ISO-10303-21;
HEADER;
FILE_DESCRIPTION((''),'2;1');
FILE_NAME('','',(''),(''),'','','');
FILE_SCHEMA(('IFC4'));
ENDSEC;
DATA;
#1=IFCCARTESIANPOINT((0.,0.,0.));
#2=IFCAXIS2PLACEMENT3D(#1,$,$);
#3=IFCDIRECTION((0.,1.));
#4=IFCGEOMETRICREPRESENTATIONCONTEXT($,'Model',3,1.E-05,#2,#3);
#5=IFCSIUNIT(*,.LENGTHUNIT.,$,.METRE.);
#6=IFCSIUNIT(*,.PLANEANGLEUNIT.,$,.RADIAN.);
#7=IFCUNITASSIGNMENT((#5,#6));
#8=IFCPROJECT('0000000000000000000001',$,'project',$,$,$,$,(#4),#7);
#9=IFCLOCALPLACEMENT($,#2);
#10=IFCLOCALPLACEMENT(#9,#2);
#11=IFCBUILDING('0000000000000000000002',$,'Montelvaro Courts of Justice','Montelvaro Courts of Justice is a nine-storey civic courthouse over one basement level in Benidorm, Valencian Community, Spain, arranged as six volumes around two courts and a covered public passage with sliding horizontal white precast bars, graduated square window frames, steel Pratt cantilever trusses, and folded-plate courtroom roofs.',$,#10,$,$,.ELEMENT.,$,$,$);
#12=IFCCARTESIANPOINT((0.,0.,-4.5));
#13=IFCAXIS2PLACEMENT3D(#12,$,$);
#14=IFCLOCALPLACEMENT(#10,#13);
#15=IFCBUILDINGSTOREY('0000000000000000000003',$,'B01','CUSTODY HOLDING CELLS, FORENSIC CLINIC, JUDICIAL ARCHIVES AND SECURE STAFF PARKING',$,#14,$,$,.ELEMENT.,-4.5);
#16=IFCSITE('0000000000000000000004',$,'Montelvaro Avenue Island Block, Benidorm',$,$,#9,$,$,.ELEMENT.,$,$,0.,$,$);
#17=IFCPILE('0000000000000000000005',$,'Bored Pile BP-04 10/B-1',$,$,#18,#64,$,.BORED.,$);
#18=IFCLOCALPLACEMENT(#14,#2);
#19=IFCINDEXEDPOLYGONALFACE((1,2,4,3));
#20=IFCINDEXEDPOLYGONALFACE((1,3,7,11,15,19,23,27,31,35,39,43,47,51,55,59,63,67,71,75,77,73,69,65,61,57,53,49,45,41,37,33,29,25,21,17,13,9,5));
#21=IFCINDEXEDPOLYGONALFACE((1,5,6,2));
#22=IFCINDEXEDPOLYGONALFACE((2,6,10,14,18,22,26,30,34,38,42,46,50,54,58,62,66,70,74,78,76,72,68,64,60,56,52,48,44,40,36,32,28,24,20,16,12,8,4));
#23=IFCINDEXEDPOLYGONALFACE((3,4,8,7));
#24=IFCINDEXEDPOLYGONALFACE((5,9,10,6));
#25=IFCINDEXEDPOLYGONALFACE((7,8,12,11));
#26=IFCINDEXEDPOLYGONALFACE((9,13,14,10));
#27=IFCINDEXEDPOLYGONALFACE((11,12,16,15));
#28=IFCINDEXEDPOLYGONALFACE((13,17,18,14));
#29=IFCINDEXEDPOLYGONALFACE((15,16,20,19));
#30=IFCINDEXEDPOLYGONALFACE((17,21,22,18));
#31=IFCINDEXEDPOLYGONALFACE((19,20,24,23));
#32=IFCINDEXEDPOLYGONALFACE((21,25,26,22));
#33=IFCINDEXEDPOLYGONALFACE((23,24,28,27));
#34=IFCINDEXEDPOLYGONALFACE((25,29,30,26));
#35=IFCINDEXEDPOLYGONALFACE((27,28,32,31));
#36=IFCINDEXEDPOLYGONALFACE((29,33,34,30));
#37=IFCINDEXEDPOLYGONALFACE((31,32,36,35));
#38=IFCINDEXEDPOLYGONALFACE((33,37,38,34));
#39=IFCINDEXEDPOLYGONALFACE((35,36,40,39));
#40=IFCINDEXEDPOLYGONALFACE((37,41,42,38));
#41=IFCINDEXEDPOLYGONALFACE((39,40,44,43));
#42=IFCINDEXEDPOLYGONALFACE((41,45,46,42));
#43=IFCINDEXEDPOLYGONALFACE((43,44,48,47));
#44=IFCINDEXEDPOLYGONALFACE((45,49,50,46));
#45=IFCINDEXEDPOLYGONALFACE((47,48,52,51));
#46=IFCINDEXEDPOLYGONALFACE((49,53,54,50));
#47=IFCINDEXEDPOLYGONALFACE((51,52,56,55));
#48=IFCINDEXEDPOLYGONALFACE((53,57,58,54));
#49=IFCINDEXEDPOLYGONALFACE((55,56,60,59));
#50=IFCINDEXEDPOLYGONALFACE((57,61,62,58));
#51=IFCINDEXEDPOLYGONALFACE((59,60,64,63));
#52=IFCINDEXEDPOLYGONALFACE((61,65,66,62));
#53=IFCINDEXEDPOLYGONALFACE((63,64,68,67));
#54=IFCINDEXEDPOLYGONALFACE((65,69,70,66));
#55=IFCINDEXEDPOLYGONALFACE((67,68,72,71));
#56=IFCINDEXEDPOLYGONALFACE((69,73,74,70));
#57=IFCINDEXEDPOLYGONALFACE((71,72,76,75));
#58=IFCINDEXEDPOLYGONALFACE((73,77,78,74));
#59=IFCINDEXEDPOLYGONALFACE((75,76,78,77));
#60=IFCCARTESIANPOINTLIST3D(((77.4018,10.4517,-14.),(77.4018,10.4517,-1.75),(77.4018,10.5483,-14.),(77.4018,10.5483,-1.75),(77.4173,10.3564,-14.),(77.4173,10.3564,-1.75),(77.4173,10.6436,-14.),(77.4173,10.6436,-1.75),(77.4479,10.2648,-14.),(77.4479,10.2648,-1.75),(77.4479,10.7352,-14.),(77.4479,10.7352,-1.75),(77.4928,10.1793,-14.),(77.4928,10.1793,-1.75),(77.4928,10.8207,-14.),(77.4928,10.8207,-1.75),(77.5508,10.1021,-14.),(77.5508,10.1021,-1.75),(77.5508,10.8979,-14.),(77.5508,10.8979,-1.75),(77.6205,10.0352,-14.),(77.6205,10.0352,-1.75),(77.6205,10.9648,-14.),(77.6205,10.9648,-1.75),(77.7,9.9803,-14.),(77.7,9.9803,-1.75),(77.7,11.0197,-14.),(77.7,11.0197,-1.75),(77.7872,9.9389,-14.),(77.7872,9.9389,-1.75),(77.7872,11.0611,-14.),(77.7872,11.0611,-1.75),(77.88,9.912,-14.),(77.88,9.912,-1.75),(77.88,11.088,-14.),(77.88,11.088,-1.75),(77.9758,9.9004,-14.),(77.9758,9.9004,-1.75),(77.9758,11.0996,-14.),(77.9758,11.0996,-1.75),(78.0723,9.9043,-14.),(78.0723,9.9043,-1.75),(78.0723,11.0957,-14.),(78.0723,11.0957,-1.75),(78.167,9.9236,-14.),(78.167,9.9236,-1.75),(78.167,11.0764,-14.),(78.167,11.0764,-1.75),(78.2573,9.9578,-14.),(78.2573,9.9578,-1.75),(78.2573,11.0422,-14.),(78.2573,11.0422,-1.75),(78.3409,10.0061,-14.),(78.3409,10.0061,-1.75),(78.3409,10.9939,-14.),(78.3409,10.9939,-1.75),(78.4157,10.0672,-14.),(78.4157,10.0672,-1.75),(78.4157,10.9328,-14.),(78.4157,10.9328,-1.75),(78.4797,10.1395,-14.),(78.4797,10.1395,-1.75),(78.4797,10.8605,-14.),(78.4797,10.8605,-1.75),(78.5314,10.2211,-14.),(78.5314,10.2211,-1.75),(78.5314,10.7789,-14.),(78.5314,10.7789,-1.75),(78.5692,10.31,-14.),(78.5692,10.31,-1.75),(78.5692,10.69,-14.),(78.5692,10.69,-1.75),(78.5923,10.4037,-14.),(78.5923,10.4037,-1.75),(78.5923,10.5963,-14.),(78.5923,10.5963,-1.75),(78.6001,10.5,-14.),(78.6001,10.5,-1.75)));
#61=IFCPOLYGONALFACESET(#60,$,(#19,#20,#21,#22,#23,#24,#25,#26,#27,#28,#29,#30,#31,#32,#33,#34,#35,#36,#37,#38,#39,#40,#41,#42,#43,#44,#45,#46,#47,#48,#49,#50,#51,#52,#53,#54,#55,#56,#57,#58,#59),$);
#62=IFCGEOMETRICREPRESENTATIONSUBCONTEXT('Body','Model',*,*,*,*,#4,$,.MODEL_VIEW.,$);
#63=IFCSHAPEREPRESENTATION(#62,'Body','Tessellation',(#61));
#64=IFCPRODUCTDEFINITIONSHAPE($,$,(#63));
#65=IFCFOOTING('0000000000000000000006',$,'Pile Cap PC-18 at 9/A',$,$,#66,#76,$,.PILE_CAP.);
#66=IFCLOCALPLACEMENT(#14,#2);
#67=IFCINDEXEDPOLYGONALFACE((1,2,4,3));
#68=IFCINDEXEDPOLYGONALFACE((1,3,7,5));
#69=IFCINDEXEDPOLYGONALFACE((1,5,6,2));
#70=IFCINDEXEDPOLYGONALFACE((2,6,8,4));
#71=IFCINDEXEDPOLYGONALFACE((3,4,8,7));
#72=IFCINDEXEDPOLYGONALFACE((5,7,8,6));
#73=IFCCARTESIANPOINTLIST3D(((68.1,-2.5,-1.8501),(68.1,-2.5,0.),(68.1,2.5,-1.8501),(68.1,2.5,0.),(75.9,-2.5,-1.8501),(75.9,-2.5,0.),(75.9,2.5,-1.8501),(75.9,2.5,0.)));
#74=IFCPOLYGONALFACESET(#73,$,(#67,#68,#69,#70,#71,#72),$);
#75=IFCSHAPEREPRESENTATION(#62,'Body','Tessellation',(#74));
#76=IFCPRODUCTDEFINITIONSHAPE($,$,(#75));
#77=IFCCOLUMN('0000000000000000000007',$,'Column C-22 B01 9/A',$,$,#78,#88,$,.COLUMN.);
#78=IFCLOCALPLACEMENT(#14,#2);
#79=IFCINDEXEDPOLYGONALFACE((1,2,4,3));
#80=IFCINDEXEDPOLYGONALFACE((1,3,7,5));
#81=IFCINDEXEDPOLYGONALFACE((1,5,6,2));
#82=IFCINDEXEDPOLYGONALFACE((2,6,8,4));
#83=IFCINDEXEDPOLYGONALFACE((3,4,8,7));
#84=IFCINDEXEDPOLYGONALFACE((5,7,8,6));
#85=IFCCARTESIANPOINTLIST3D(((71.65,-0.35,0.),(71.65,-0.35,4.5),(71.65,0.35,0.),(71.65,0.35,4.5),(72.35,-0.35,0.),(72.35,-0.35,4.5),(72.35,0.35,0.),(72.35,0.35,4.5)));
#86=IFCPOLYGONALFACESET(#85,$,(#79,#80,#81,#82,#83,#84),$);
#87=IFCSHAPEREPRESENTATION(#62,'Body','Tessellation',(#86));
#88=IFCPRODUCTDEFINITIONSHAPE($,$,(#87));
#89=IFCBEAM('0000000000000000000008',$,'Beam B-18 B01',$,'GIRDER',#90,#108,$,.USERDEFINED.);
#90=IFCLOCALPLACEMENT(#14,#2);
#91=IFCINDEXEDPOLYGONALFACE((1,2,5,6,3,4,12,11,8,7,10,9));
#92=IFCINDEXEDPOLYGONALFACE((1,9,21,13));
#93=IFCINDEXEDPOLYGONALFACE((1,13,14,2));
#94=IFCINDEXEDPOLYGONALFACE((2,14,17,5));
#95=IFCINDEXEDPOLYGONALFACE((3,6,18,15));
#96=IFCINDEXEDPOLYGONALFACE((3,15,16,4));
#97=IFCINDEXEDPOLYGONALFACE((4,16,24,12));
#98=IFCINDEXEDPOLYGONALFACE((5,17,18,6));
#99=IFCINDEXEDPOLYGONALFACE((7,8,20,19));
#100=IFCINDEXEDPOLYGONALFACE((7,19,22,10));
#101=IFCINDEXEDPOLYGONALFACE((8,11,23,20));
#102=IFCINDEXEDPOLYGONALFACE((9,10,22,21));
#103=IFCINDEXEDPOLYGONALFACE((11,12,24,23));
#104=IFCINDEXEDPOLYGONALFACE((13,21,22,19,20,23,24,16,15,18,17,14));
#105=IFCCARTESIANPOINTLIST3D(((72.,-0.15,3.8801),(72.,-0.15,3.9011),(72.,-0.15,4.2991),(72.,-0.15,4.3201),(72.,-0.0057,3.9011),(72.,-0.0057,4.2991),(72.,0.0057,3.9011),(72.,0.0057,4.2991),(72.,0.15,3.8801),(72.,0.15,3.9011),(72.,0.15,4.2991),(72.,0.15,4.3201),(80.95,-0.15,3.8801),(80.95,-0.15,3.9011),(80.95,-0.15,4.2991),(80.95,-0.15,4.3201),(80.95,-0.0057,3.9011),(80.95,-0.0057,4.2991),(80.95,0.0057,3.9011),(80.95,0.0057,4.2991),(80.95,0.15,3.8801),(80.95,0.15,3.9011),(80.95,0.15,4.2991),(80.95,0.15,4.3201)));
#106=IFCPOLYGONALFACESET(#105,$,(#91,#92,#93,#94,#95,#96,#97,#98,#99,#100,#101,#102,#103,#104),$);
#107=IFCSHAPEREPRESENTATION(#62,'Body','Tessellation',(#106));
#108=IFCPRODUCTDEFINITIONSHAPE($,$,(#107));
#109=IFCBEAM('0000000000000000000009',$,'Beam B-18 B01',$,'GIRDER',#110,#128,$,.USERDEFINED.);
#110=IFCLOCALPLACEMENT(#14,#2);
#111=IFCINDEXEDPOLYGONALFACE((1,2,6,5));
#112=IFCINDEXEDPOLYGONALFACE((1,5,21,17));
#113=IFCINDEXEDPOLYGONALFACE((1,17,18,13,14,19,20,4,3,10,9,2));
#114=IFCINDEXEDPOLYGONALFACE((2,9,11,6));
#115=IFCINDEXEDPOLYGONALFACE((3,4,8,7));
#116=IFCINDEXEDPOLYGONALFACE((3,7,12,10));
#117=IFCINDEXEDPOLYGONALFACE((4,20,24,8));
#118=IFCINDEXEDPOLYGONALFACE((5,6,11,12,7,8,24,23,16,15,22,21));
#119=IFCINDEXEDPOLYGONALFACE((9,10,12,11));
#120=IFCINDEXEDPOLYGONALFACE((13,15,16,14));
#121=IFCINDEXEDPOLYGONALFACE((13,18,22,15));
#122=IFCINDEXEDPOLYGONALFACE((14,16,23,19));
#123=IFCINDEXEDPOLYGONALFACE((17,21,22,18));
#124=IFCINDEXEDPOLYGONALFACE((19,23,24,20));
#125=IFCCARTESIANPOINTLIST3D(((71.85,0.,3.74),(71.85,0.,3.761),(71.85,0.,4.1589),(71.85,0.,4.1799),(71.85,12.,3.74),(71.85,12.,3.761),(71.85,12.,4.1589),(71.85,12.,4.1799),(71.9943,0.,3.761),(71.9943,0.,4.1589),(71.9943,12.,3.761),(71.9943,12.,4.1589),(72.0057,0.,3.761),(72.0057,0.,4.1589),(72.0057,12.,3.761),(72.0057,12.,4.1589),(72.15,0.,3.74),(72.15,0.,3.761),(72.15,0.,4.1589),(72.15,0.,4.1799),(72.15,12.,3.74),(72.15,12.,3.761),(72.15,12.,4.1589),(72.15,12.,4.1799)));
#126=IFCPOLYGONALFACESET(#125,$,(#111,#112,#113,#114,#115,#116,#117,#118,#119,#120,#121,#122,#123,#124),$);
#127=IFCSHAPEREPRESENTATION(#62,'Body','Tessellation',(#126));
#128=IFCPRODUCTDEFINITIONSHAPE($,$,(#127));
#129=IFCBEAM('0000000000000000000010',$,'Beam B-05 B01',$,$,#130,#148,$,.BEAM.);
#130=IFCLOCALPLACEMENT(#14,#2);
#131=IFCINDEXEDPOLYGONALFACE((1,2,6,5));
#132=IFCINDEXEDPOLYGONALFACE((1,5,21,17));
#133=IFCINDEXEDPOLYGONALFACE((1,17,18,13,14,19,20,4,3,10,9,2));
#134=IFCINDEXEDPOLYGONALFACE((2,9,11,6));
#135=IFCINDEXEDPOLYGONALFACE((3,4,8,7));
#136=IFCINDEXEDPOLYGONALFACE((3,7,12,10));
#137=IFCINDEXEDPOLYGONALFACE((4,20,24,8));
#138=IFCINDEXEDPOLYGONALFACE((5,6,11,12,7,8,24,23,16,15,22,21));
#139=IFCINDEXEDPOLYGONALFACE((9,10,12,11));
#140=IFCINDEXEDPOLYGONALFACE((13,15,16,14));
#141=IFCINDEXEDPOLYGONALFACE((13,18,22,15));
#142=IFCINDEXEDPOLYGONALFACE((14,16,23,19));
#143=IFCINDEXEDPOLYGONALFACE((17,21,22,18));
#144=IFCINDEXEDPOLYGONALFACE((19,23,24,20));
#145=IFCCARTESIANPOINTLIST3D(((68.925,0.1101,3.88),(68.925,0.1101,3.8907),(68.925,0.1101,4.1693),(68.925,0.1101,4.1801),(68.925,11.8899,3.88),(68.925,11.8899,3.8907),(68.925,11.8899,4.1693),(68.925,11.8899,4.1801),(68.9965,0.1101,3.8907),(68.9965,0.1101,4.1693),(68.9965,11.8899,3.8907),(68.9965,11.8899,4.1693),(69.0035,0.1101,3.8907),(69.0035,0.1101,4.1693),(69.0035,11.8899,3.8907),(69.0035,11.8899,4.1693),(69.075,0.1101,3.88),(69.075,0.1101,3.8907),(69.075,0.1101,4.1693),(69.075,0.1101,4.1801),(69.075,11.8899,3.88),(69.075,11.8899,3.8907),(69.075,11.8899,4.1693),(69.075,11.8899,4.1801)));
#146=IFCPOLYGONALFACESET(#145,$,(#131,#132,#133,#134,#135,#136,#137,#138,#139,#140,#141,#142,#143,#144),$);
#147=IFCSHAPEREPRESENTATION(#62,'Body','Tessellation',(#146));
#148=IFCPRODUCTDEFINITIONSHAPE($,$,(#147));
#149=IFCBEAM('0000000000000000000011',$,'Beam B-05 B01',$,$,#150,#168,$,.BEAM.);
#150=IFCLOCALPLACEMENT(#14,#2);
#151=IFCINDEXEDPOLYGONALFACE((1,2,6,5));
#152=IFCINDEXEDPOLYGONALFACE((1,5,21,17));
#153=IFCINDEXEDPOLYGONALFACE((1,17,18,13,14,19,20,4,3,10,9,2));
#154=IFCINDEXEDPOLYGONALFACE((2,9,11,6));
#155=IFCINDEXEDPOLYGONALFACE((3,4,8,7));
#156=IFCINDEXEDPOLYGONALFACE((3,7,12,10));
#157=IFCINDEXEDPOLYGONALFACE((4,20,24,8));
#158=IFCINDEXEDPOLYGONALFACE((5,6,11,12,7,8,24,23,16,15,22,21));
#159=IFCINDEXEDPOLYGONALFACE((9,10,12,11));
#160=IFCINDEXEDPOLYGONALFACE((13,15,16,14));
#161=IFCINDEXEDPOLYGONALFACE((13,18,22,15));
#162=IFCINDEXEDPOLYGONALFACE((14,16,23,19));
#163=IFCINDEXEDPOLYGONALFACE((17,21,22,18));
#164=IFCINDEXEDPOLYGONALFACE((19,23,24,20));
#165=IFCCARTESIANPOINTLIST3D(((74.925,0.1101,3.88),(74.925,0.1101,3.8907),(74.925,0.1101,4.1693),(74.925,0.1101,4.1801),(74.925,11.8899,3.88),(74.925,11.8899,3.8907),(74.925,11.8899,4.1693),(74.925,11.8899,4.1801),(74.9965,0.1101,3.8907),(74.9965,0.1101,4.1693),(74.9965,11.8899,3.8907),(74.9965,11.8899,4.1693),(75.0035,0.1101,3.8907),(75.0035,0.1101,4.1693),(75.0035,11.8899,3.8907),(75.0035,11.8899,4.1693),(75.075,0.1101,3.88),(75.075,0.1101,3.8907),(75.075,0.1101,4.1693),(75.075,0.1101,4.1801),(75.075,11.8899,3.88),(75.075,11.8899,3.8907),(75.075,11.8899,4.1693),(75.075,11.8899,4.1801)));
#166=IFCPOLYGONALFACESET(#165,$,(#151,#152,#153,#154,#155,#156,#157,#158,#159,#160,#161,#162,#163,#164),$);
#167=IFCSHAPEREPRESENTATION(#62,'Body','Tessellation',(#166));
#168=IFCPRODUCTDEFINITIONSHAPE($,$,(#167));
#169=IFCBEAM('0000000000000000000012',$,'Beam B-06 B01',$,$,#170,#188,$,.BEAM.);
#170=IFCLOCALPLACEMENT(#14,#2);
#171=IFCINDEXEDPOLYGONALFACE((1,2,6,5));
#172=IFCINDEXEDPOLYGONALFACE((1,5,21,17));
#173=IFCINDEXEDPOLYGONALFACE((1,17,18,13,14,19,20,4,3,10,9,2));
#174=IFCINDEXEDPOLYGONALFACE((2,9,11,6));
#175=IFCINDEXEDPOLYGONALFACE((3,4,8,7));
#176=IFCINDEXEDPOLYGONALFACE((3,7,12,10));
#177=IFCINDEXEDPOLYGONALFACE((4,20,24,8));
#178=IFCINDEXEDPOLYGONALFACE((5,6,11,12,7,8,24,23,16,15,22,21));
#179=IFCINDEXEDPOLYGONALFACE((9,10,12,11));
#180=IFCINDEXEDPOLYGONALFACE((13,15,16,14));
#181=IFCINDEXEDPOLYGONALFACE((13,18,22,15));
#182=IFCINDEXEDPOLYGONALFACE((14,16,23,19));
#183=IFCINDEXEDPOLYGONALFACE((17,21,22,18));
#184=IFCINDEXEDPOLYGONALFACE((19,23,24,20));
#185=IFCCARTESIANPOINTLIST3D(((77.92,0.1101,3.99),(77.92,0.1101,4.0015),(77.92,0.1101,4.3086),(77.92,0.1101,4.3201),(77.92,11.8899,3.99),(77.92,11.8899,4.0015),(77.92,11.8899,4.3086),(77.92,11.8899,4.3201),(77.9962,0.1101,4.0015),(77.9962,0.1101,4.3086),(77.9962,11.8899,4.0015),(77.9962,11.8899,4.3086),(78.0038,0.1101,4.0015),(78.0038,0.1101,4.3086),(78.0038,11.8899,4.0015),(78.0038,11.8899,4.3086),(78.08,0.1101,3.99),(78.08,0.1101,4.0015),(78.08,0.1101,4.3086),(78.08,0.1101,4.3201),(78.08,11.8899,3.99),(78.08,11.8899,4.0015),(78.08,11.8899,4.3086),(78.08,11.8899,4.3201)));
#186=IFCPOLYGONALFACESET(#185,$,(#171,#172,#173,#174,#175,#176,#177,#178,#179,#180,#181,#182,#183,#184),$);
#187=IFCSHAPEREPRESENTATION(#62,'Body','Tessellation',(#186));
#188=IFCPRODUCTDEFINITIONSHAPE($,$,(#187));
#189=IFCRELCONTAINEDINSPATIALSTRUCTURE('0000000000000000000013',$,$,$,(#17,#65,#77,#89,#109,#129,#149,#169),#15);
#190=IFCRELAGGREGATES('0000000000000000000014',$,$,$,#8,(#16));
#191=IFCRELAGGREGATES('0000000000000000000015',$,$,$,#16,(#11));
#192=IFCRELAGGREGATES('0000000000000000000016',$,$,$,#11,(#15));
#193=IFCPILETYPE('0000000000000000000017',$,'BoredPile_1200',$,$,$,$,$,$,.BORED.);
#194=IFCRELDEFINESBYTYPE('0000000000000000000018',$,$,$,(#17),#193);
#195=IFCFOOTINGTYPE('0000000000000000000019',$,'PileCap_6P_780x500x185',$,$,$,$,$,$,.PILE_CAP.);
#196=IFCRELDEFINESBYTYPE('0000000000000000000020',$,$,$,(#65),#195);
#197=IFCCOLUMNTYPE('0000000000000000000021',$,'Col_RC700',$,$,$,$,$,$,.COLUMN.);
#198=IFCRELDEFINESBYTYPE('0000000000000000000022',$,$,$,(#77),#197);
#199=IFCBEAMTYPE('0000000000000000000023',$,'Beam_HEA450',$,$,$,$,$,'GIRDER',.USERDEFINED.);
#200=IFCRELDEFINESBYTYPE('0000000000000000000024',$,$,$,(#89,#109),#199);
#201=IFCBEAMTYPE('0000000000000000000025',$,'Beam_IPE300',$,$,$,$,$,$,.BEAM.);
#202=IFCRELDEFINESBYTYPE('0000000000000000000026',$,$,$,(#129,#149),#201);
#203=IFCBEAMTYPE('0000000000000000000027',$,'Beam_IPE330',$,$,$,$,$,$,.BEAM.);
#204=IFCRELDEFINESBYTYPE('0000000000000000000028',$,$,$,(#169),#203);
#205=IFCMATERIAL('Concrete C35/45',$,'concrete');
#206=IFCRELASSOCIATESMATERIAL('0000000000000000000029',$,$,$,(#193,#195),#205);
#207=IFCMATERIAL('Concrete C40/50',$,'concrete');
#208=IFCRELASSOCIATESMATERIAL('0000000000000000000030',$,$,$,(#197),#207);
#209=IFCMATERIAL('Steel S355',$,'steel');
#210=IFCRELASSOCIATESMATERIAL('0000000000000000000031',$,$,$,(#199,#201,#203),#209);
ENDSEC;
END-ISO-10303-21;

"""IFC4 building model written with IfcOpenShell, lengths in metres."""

from ifc_helpers import new_model, si_unit, direction, frame, origin, origin_2d, place, context, subcontext, project, spatial, rectangle, circle, i_section, extrude, material, material_profile, profile_set, type_object, element, save


model = new_model("IFC4")

# Units and contexts
model_context = context("Model", 3, precision=1e-05, world=origin(), true_north=direction((0.0, 1.0)))
body_context = subcontext(model_context, "Body", "Model", "MODEL_VIEW")
ifc_project = project(units=[si_unit("LENGTHUNIT", "METRE"), si_unit("PLANEANGLEUNIT", "RADIAN")], contexts=[model_context])

# Site, building, storey
site_placement = place(None, origin())
site = spatial("IfcSite", under=ifc_project, at=site_placement, Name="Montelvaro Avenue Island Block, Benidorm", CompositionType="ELEMENT", RefElevation=0.0)
building_placement = place(site_placement, origin())
building = spatial("IfcBuilding", under=site, at=building_placement, Name="Montelvaro Courts of Justice", Description="Montelvaro Courts of Justice is a nine-storey civic courthouse over one basement level in Benidorm, Valencian Community, Spain, arranged as six volumes around two courts and a covered public passage with sliding horizontal white precast bars, graduated square window frames, steel Pratt cantilever trusses, and folded-plate courtroom roofs.", CompositionType="ELEMENT")
storey_placement = place(building_placement, frame((0.0, 0.0, -4.5)))
storey = spatial("IfcBuildingStorey", under=building, at=storey_placement, Name="B01", Description="CUSTODY HOLDING CELLS, FORENSIC CLINIC, JUDICIAL ARCHIVES AND SECURE STAFF PARKING", CompositionType="ELEMENT", Elevation=-4.5)

# Pile
ifc_material_1 = material(Name="Concrete C35/45", Category="concrete")
ifc_material_profile_1 = material_profile(ifc_material_1, circle(Radius=0.6001, at=origin_2d()), Name="BORED PILE D1200")
ifc_profile_set_1 = profile_set([ifc_material_profile_1], Name="Concrete C35/45")
pile_type_1 = type_object("IfcPileType", Name="BoredPile_1200", PredefinedType="BORED", material=ifc_profile_set_1)
for number, where, z_axis, x_axis, name in (
    (1, (78.0, 10.5, -1.75), (0.0, 0.0, -1.0), (1.0, 0.0, 0.0), "Bored Pile BP-04 10/B-1"),
):
    element("IfcPile", number, at=place(storey_placement, frame(where, z_axis=z_axis, x_axis=x_axis)), inside=storey, type_object=pile_type_1, Name=name, PredefinedType="BORED", context=body_context, shape_type="SweptSolid", body=[
        extrude(circle(Radius=0.6001, at=origin_2d()), origin(), (0.0, 0.0, 1.0), 12.25),
    ])

# Footing
footing_type = type_object("IfcFootingType", Name="PileCap_6P_780x500x185", PredefinedType="PILE_CAP", material=ifc_material_1)
footing_placement = place(storey_placement, frame((72.0, 0.0, -1.8501), z_axis=(0.0, 0.0, 1.0), x_axis=(1.0, 0.0, 0.0)))
element("IfcFooting", 2, at=footing_placement, inside=storey, type_object=footing_type, Name="Pile Cap PC-18 at 9/A", PredefinedType="PILE_CAP", context=body_context, shape_type="SweptSolid", body=[
    extrude(rectangle(XDim=7.8, YDim=5.0, at=origin_2d()), origin(), (0.0, 0.0, 1.0), 1.8501),
])

# Column
ifc_material_2 = material(Name="Concrete C40/50", Category="concrete")
ifc_material_profile_2 = material_profile(ifc_material_2, rectangle(XDim=0.7, YDim=0.7, at=origin_2d()), Name="RC 700x700")
ifc_profile_set_2 = profile_set([ifc_material_profile_2], Name="Concrete C40/50")
column_type = type_object("IfcColumnType", Name="Col_RC700", PredefinedType="COLUMN", material=ifc_profile_set_2)
column_placement = place(storey_placement, frame((72.0, 0.0, 0.0), z_axis=(0.0, 0.0, 1.0), x_axis=(1.0, 0.0, 0.0)))
element("IfcColumn", 3, at=column_placement, inside=storey, type_object=column_type, Name="Column C-22 B01 9/A", PredefinedType="COLUMN", context=body_context, shape_type="SweptSolid", body=[
    extrude(rectangle(XDim=0.7, YDim=0.7, at=origin_2d()), origin(), (0.0, 0.0, 1.0), 4.5),
])

# Beams
ifc_material_3 = material(Name="Steel S355", Category="steel")
ifc_material_profile_3 = material_profile(ifc_material_3, i_section(OverallWidth=0.3, OverallDepth=0.4399, WebThickness=0.0115, FlangeThickness=0.021, at=origin_2d()), Name="HEA 450")
ifc_profile_set_3 = profile_set([ifc_material_profile_3], Name="Steel S355")
beam_type_1 = type_object("IfcBeamType", Name="Beam_HEA450", ElementType="GIRDER", PredefinedType="USERDEFINED", material=ifc_profile_set_3)
beam_1_placement = place(storey_placement, frame((72.0, 0.0, 4.1001), z_axis=(1.0, 0.0, 0.0), x_axis=(0.0, 1.0, 0.0)))
element("IfcBeam", 4, at=beam_1_placement, inside=storey, type_object=beam_type_1, Name="Beam B-18 B01", ObjectType="GIRDER", PredefinedType="USERDEFINED", context=body_context, shape_type="SweptSolid", body=[
    extrude(i_section(OverallWidth=0.3, OverallDepth=0.4399, WebThickness=0.0115, FlangeThickness=0.021, at=origin_2d()), origin(), (0.0, 0.0, 1.0), 8.95),
])
beam_2_placement = place(storey_placement, frame((72.0, 0.0, 3.96), z_axis=(0.0, 1.0, 0.0), x_axis=(-1.0, 0.0, 0.0)))
element("IfcBeam", 5, at=beam_2_placement, inside=storey, type_object=beam_type_1, Name="Beam B-18 B01", ObjectType="GIRDER", PredefinedType="USERDEFINED", context=body_context, shape_type="SweptSolid", body=[
    extrude(i_section(OverallWidth=0.3, OverallDepth=0.4399, WebThickness=0.0115, FlangeThickness=0.021, at=origin_2d()), origin(), (0.0, 0.0, 1.0), 12.0),
])
ifc_material_profile_4 = material_profile(ifc_material_3, i_section(OverallWidth=0.1499, OverallDepth=0.3, WebThickness=0.0071, FlangeThickness=0.0107, at=origin_2d()), Name="IPE 300")
ifc_profile_set_4 = profile_set([ifc_material_profile_4], Name="Steel S355")
beam_type_2 = type_object("IfcBeamType", Name="Beam_IPE300", PredefinedType="BEAM", material=ifc_profile_set_4)
for number, where, z_axis, x_axis, name in (
    (6, (69.0, 0.1101, 4.03), (0.0, 1.0, 0.0), (-1.0, 0.0, 0.0), "Beam B-05 B01"),
    (7, (75.0, 0.1101, 4.03), (0.0, 1.0, 0.0), (-1.0, 0.0, 0.0), "Beam B-05 B01"),
):
    element("IfcBeam", number, at=place(storey_placement, frame(where, z_axis=z_axis, x_axis=x_axis)), inside=storey, type_object=beam_type_2, Name=name, PredefinedType="BEAM", context=body_context, shape_type="SweptSolid", body=[
        extrude(i_section(OverallWidth=0.1499, OverallDepth=0.3, WebThickness=0.0071, FlangeThickness=0.0107, at=origin_2d()), origin(), (0.0, 0.0, 1.0), 11.7798),
    ])
ifc_material_profile_5 = material_profile(ifc_material_3, i_section(OverallWidth=0.1599, OverallDepth=0.3301, WebThickness=0.0076, FlangeThickness=0.0115, at=origin_2d()), Name="IPE 330")
ifc_profile_set_5 = profile_set([ifc_material_profile_5], Name="Steel S355")
beam_type_3 = type_object("IfcBeamType", Name="Beam_IPE330", PredefinedType="BEAM", material=ifc_profile_set_5)
beam_3_placement = place(storey_placement, frame((78.0, 0.1101, 4.155), z_axis=(0.0, 1.0, 0.0), x_axis=(-1.0, 0.0, 0.0)))
element("IfcBeam", 8, at=beam_3_placement, inside=storey, type_object=beam_type_3, Name="Beam B-06 B01", PredefinedType="BEAM", context=body_context, shape_type="SweptSolid", body=[
    extrude(i_section(OverallWidth=0.1599, OverallDepth=0.3301, WebThickness=0.0076, FlangeThickness=0.0115, at=origin_2d()), origin(), (0.0, 0.0, 1.0), 11.7798),
])

save(model, "model.ifc")
